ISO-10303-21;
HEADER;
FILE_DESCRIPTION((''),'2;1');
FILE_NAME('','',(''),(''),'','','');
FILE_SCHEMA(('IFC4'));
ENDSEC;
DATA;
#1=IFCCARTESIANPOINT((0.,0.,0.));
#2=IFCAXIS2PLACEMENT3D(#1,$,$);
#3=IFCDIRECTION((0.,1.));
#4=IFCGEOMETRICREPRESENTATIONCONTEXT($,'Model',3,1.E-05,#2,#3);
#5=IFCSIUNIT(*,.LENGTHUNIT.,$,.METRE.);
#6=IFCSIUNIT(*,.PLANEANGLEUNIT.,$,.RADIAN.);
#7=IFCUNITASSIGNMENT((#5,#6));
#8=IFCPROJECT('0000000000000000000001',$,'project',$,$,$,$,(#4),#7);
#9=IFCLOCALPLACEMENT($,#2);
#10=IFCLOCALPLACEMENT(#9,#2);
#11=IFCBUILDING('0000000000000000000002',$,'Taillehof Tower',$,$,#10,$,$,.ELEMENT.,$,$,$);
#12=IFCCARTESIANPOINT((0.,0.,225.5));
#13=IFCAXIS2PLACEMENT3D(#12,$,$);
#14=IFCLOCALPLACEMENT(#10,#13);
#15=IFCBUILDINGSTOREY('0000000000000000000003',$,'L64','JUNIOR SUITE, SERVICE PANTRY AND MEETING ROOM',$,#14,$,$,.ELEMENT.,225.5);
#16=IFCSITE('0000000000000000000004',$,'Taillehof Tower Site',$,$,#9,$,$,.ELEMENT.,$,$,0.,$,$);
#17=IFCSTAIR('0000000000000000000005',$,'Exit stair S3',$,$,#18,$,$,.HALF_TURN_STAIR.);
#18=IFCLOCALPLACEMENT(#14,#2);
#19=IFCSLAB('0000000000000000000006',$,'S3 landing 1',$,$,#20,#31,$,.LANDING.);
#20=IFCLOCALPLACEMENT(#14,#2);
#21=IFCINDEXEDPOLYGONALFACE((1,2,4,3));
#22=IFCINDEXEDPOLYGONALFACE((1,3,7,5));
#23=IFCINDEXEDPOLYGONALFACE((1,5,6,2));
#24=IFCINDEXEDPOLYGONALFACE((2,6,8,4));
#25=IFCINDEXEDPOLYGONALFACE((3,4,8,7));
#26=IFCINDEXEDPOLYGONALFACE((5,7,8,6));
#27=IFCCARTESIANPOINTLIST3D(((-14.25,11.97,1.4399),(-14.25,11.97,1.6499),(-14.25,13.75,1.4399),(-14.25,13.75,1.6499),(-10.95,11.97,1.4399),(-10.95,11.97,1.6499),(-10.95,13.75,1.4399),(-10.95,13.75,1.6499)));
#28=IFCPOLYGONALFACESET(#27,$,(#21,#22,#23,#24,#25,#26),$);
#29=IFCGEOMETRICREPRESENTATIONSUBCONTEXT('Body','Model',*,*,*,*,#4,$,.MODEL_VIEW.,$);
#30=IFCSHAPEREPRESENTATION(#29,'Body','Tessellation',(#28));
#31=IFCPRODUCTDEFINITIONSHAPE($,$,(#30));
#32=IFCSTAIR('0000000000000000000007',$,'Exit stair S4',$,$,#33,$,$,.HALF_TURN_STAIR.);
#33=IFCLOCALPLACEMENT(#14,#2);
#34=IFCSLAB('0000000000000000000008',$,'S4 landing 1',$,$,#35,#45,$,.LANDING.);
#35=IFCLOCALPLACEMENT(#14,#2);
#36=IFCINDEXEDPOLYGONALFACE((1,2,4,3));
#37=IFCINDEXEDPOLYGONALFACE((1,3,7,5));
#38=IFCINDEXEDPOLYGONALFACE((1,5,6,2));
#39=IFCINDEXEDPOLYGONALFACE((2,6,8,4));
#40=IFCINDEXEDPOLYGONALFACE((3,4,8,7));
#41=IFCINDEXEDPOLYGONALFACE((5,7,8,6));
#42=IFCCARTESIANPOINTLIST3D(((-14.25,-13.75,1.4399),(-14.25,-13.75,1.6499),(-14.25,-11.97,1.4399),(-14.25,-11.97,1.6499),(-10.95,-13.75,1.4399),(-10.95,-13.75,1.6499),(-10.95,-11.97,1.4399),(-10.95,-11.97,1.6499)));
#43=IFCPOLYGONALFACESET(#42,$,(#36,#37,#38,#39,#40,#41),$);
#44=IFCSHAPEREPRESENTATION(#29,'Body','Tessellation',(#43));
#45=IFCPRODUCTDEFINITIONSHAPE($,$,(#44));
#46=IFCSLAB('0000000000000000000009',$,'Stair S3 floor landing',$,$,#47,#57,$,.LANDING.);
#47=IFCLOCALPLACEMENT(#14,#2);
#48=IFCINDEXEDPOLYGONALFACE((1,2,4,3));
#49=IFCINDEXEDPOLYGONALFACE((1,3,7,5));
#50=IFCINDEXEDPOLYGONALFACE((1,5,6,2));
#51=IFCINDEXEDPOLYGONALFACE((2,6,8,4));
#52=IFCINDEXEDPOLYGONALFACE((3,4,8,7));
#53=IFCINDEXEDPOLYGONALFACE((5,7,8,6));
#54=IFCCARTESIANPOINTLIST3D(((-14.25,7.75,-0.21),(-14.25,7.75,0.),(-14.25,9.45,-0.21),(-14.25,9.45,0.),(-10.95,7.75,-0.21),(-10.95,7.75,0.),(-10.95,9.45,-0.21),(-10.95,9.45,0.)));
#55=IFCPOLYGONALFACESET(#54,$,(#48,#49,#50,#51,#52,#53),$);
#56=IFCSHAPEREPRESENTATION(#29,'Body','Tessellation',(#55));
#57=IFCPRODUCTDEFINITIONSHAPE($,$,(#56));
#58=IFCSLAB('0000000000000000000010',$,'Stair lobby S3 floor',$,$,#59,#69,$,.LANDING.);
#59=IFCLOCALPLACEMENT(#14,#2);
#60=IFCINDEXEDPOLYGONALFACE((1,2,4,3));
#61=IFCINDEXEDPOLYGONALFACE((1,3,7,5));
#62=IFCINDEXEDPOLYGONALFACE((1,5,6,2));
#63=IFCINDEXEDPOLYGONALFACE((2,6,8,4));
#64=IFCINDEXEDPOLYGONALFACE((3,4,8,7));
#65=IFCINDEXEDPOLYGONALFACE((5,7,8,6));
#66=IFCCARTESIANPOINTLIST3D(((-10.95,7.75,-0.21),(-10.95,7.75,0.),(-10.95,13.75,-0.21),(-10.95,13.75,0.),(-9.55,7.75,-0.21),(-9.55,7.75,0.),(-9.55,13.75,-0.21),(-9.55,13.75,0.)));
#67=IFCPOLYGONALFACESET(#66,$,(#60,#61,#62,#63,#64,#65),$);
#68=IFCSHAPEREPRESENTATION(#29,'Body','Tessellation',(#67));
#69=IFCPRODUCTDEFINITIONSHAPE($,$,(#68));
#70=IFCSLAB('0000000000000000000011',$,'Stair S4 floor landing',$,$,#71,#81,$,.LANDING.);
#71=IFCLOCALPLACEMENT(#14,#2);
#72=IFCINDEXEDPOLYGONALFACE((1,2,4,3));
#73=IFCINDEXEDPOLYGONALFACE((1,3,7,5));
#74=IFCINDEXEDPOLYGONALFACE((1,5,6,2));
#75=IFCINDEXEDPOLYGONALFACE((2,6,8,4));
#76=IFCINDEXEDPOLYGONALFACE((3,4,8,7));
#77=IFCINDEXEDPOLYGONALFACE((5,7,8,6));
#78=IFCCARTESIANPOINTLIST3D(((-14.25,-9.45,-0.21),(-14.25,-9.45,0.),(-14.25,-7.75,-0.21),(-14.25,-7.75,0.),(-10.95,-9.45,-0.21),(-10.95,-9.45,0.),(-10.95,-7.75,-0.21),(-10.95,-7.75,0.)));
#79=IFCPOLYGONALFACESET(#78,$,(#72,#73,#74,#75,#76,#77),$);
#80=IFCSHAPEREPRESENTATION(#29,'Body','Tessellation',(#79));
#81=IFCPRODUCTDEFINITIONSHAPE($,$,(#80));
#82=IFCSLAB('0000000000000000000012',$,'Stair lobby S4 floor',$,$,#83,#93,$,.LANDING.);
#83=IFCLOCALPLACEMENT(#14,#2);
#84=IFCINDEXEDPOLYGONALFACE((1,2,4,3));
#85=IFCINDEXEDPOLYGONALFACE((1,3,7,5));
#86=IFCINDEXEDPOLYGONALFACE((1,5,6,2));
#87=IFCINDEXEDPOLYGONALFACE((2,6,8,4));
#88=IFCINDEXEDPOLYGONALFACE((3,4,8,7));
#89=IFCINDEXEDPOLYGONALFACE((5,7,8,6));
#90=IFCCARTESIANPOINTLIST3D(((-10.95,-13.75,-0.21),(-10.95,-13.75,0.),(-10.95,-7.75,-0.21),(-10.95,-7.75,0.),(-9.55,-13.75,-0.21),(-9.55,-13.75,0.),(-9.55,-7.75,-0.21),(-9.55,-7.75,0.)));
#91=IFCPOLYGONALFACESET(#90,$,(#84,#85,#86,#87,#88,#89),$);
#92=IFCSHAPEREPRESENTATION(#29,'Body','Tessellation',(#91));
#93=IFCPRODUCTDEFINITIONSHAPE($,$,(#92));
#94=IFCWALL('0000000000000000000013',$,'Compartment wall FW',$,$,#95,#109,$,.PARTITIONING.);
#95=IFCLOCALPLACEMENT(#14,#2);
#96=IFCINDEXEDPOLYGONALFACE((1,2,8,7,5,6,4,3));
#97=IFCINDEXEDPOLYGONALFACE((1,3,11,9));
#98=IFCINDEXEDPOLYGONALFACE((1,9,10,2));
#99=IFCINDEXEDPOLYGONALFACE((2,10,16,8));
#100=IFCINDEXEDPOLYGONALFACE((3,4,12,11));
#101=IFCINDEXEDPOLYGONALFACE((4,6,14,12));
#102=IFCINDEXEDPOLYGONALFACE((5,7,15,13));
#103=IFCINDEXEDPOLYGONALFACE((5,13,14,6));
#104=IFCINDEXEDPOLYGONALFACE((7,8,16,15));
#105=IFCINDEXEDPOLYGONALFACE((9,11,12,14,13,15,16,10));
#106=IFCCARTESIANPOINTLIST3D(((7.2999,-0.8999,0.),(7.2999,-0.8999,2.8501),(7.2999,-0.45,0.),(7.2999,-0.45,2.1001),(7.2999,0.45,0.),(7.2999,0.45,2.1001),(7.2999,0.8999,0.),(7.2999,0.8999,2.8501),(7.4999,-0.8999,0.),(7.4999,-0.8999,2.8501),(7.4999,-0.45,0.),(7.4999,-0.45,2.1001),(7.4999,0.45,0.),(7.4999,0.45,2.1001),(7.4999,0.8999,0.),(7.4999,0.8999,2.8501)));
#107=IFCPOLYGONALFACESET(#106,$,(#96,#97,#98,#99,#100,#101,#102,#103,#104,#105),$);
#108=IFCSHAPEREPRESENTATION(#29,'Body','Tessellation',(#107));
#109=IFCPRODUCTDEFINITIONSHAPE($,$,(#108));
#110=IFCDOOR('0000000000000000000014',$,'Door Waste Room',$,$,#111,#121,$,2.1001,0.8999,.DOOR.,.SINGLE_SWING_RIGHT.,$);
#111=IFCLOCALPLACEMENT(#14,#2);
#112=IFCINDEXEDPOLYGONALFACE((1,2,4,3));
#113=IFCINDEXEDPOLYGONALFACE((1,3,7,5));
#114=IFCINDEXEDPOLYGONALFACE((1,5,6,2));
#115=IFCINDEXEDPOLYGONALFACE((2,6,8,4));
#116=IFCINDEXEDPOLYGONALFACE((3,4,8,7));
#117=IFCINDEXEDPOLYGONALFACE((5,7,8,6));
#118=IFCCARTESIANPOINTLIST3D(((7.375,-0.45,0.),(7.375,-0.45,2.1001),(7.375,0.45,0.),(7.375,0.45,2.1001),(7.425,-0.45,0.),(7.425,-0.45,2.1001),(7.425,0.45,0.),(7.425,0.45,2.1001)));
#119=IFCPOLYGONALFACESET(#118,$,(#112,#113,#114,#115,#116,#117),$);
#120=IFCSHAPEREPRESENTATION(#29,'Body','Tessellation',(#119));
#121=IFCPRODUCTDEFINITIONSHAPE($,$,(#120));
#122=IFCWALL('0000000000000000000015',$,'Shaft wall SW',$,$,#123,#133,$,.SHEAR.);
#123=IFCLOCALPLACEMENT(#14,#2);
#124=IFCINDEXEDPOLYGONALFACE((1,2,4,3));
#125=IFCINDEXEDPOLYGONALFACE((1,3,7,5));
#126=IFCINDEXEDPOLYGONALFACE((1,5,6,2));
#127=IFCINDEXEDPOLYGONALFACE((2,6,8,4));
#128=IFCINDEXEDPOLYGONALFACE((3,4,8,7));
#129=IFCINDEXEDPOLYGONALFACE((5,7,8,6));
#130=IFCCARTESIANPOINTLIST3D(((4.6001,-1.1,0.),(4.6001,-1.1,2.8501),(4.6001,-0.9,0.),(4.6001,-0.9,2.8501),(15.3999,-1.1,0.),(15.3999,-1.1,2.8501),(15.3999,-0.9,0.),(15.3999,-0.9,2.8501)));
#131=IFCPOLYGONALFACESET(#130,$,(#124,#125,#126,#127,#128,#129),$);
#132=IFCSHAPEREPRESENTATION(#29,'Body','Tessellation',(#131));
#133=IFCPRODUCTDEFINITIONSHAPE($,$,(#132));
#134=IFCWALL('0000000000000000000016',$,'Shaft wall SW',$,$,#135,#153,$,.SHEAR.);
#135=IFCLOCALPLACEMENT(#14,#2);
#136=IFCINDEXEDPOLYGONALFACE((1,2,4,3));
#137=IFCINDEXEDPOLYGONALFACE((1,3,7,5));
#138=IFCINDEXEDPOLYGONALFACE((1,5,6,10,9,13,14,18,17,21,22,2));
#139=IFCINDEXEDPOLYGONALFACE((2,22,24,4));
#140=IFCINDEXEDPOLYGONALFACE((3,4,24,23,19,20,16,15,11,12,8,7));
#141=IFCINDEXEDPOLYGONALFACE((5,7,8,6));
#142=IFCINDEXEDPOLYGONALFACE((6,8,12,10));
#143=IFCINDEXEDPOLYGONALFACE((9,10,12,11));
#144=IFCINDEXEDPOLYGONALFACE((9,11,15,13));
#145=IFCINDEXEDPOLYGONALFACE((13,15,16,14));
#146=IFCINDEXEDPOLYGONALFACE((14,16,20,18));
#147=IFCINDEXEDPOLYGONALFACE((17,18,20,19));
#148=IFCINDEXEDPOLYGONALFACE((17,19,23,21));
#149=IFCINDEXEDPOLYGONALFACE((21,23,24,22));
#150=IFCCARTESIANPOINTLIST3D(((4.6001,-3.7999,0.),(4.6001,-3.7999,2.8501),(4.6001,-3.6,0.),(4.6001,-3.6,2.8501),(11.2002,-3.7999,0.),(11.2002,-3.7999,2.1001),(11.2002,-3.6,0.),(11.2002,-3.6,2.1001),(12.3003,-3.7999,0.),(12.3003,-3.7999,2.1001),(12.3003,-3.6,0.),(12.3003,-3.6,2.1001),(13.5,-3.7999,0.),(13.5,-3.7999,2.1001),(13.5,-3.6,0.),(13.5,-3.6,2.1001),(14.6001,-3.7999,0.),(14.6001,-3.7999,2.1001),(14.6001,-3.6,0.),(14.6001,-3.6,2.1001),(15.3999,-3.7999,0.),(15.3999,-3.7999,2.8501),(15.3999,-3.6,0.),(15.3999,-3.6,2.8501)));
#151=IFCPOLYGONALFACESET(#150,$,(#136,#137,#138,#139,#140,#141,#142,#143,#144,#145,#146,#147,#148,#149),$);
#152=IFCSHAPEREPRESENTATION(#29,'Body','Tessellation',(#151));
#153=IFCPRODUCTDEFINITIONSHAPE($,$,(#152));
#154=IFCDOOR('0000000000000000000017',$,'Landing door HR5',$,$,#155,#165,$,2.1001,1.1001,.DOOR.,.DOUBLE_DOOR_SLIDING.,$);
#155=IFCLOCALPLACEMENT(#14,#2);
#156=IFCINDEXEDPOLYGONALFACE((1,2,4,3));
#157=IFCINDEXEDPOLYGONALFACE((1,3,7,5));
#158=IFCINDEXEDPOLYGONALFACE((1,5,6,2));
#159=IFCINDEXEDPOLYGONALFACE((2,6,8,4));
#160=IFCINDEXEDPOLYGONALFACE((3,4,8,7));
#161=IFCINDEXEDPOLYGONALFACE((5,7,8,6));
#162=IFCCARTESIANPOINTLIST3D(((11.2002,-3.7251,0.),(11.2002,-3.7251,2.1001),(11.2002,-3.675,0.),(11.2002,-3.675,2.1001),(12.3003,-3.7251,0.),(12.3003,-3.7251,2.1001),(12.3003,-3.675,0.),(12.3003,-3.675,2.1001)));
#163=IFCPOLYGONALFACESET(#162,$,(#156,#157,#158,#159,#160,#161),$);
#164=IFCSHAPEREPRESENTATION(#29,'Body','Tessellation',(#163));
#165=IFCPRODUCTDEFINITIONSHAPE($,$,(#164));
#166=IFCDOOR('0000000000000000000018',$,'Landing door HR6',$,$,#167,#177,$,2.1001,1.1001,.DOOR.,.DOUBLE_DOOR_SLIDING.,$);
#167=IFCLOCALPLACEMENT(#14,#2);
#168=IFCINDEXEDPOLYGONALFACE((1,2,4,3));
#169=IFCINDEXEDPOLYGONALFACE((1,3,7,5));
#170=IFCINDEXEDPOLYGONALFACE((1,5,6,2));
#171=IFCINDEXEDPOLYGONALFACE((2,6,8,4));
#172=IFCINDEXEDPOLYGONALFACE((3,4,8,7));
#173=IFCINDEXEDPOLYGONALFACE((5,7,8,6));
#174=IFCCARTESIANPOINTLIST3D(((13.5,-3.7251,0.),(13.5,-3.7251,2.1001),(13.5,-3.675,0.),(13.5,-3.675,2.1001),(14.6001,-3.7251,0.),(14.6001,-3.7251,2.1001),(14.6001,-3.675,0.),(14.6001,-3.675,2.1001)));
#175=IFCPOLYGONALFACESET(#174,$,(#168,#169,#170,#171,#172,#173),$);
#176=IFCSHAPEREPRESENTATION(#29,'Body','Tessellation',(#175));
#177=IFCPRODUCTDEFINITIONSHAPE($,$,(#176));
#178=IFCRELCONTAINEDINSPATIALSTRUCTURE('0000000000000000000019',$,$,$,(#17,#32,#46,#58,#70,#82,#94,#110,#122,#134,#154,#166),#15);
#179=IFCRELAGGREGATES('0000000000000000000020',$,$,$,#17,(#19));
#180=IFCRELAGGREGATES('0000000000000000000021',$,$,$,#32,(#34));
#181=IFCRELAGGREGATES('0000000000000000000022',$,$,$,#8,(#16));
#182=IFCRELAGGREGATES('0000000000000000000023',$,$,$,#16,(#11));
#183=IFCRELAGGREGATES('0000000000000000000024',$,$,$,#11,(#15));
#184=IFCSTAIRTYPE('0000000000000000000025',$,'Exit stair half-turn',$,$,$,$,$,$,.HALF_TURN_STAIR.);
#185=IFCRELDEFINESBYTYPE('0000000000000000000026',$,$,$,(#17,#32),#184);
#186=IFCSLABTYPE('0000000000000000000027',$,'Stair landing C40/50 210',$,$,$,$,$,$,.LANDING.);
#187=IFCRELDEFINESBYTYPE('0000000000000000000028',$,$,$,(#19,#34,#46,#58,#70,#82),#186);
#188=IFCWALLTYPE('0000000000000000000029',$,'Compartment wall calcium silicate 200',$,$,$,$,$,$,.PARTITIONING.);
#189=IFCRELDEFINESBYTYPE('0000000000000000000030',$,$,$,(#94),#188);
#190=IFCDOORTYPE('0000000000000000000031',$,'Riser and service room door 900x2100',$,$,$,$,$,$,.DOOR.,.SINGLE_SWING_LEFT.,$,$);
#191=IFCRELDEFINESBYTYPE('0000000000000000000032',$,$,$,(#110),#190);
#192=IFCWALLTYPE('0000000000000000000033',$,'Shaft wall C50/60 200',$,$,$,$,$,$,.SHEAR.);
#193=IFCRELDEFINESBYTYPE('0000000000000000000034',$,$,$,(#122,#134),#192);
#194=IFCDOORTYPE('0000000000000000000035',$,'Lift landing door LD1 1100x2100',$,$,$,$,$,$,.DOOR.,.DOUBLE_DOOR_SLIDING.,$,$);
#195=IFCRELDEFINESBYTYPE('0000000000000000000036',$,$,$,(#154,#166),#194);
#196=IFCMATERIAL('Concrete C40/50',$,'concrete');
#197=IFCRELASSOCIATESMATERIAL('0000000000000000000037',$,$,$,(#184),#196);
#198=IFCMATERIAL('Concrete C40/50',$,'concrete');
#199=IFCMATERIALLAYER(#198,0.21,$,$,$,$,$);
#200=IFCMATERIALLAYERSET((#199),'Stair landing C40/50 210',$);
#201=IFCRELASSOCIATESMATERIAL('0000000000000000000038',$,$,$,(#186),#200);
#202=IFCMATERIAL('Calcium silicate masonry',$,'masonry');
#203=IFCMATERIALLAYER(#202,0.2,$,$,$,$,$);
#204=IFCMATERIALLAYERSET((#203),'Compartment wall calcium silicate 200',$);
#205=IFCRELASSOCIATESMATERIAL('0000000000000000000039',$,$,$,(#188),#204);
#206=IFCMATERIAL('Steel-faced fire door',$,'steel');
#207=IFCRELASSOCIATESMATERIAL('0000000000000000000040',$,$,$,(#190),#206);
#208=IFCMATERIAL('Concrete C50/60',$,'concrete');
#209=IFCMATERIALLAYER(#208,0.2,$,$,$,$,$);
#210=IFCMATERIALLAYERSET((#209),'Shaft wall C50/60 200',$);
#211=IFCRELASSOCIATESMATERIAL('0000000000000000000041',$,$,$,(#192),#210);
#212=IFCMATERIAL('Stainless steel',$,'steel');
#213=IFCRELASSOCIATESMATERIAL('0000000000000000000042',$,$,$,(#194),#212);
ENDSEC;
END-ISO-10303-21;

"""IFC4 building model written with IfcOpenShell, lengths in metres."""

from ifc_helpers import new_model, si_unit, direction, frame, frame_2d, origin, place, context, subcontext, project, spatial, polyline, rectangle, outline, extrude, material, layer, layer_set, type_object, element, fill, aggregate, save


model = new_model("IFC4")

# Units and contexts
model_context = context("Model", 3, precision=1e-05, world=origin(), true_north=direction((0.0, 1.0)))
body_context = subcontext(model_context, "Body", "Model", "MODEL_VIEW")
ifc_project = project(units=[si_unit("LENGTHUNIT", "METRE"), si_unit("PLANEANGLEUNIT", "RADIAN")], contexts=[model_context])

# Site, building, storey
site_placement = place(None, origin())
site = spatial("IfcSite", under=ifc_project, at=site_placement, Name="Taillehof Tower Site", CompositionType="ELEMENT", RefElevation=0.0)
building_placement = place(site_placement, origin())
building = spatial("IfcBuilding", under=site, at=building_placement, Name="Taillehof Tower", CompositionType="ELEMENT")
storey_placement = place(building_placement, frame((0.0, 0.0, 225.5)))
storey = spatial("IfcBuildingStorey", under=building, at=storey_placement, Name="L64", Description="JUNIOR SUITE, SERVICE PANTRY AND MEETING ROOM", CompositionType="ELEMENT", Elevation=225.5)

# Stairs, slabs
ifc_material_1 = material(Name="Concrete C40/50", Category="concrete")
stair_type = type_object("IfcStairType", Name="Exit stair half-turn", PredefinedType="HALF_TURN_STAIR", material=ifc_material_1)
ifc_material_2 = material(Name="Concrete C40/50", Category="concrete")
ifc_layer_1 = layer(ifc_material_2, 0.21)
ifc_layer_set_1 = layer_set([ifc_layer_1], Name="Stair landing C40/50 210")
slab_type_1 = type_object("IfcSlabType", Name="Stair landing C40/50 210", PredefinedType="LANDING", material=ifc_layer_set_1)
stair_1_placement = place(storey_placement, origin())
stair_1 = element("IfcStair", 1, at=stair_1_placement, inside=storey, type_object=stair_type, Name="Exit stair S3", PredefinedType="HALF_TURN_STAIR")
slab_1_placement = place(storey_placement, frame((0.0, 0.0, 1.4399)))
slab_1 = element("IfcSlab", 2, at=slab_1_placement, type_object=slab_type_1, Name="S3 landing 1", PredefinedType="LANDING", context=body_context, shape_type="SweptSolid", body=[
    extrude(outline(polyline([(-14.25, 11.97), (-14.25, 13.75), (-10.95, 13.75), (-10.95, 11.97), (-14.25, 11.97)])), origin(), (0.0, 0.0, 1.0), 0.21),
])
aggregate(stair_1, [slab_1])
stair_2_placement = place(storey_placement, origin())
stair_2 = element("IfcStair", 3, at=stair_2_placement, inside=storey, type_object=stair_type, Name="Exit stair S4", PredefinedType="HALF_TURN_STAIR")
slab_2_placement = place(storey_placement, frame((0.0, 0.0, 1.4399)))
slab_2 = element("IfcSlab", 4, at=slab_2_placement, type_object=slab_type_1, Name="S4 landing 1", PredefinedType="LANDING", context=body_context, shape_type="SweptSolid", body=[
    extrude(outline(polyline([(-14.25, -11.97), (-14.25, -13.75), (-10.95, -13.75), (-10.95, -11.97), (-14.25, -11.97)])), origin(), (0.0, 0.0, 1.0), 0.21),
])
aggregate(stair_2, [slab_2])

# Slabs
slab_3_placement = place(storey_placement, frame((0.0, 0.0, -0.21)))
element("IfcSlab", 5, at=slab_3_placement, inside=storey, type_object=slab_type_1, Name="Stair S3 floor landing", PredefinedType="LANDING", context=body_context, shape_type="SweptSolid", body=[
    extrude(outline(polyline([(-14.25, 7.75), (-14.25, 9.45), (-10.95, 9.45), (-10.95, 7.75), (-14.25, 7.75)])), origin(), (0.0, 0.0, 1.0), 0.21),
])
slab_4_placement = place(storey_placement, frame((0.0, 0.0, -0.21)))
element("IfcSlab", 6, at=slab_4_placement, inside=storey, type_object=slab_type_1, Name="Stair lobby S3 floor", PredefinedType="LANDING", context=body_context, shape_type="SweptSolid", body=[
    extrude(outline(polyline([(-10.95, 7.75), (-9.55, 7.75), (-9.55, 13.75), (-10.95, 13.75), (-10.95, 7.75)])), origin(), (0.0, 0.0, 1.0), 0.21),
])
slab_5_placement = place(storey_placement, frame((0.0, 0.0, -0.21)))
element("IfcSlab", 7, at=slab_5_placement, inside=storey, type_object=slab_type_1, Name="Stair S4 floor landing", PredefinedType="LANDING", context=body_context, shape_type="SweptSolid", body=[
    extrude(outline(polyline([(-14.25, -7.75), (-14.25, -9.45), (-10.95, -9.45), (-10.95, -7.75), (-14.25, -7.75)])), origin(), (0.0, 0.0, 1.0), 0.21),
])
slab_6_placement = place(storey_placement, frame((0.0, 0.0, -0.21)))
element("IfcSlab", 8, at=slab_6_placement, inside=storey, type_object=slab_type_1, Name="Stair lobby S4 floor", PredefinedType="LANDING", context=body_context, shape_type="SweptSolid", body=[
    extrude(outline(polyline([(-10.95, -13.75), (-9.55, -13.75), (-9.55, -7.75), (-10.95, -7.75), (-10.95, -13.75)])), origin(), (0.0, 0.0, 1.0), 0.21),
])

# Wall, opening, door
ifc_material_3 = material(Name="Calcium silicate masonry", Category="masonry")
ifc_layer_2 = layer(ifc_material_3, 0.2)
ifc_layer_set_2 = layer_set([ifc_layer_2], Name="Compartment wall calcium silicate 200")
wall_type_1 = type_object("IfcWallType", Name="Compartment wall calcium silicate 200", PredefinedType="PARTITIONING", material=ifc_layer_set_2)
wall_1_placement = place(storey_placement, frame((7.3999, -0.8999, 0.0), z_axis=(0.0, 0.0, 1.0), x_axis=(0.0, 1.0, 0.0)))
wall_1 = element("IfcWall", 9, at=wall_1_placement, inside=storey, type_object=wall_type_1, Name="Compartment wall FW", PredefinedType="PARTITIONING", context=body_context, shape_type="SweptSolid", body=[
    extrude(rectangle(XDim=1.7998, YDim=0.2, at=frame_2d((0.8999, 0.0))), origin(), (0.0, 0.0, 1.0), 2.8501),
])
opening_1_placement = place(wall_1_placement, frame((0.45, 0.0, 0.0)))
opening_1 = element("IfcOpeningElement", 10, at=opening_1_placement, cuts=wall_1, PredefinedType="OPENING", context=body_context, shape_type="SweptSolid", body=[
    extrude(rectangle(XDim=0.8999, YDim=2.1001, at=frame_2d((0.45, 1.05))), frame((0.0, 0.1099, 0.0), z_axis=(0.0, -1.0, 0.0), x_axis=(1.0, 0.0, 0.0)), (0.0, 0.0, 1.0), 0.22),
])
ifc_material_4 = material(Name="Steel-faced fire door", Category="steel")
door_type_1 = type_object("IfcDoorType", Name="Riser and service room door 900x2100", OperationType="SINGLE_SWING_LEFT", PredefinedType="DOOR", material=ifc_material_4)
door_1_placement = place(opening_1_placement, origin())
door_1 = element("IfcDoor", 11, at=door_1_placement, inside=storey, type_object=door_type_1, Name="Door Waste Room", OperationType="SINGLE_SWING_RIGHT", OverallHeight=2.1001, OverallWidth=0.8999, PredefinedType="DOOR", context=body_context, shape_type="SweptSolid", body=[
    extrude(rectangle(XDim=0.8999, YDim=2.1001, at=frame_2d((0.45, 1.05))), frame((0.0, 0.0249, 0.0), z_axis=(0.0, -1.0, 0.0), x_axis=(1.0, 0.0, 0.0)), (0.0, 0.0, 1.0), 0.05),
])
fill(opening_1, door_1)

# Wall
ifc_material_5 = material(Name="Concrete C50/60", Category="concrete")
ifc_layer_3 = layer(ifc_material_5, 0.2)
ifc_layer_set_3 = layer_set([ifc_layer_3], Name="Shaft wall C50/60 200")
wall_type_2 = type_object("IfcWallType", Name="Shaft wall C50/60 200", PredefinedType="SHEAR", material=ifc_layer_set_3)
wall_2_placement = place(storey_placement, frame((4.6001, -1.0, 0.0), z_axis=(0.0, 0.0, 1.0), x_axis=(1.0, 0.0, 0.0)))
element("IfcWall", 12, at=wall_2_placement, inside=storey, type_object=wall_type_2, Name="Shaft wall SW", PredefinedType="SHEAR", context=body_context, shape_type="SweptSolid", body=[
    extrude(rectangle(XDim=10.7998, YDim=0.2, at=frame_2d((5.3999, 0.0))), origin(), (0.0, 0.0, 1.0), 2.8501),
])

# Wall, openings, doors
wall_3_placement = place(storey_placement, frame((4.6001, -3.7, 0.0), z_axis=(0.0, 0.0, 1.0), x_axis=(1.0, 0.0, 0.0)))
wall_3 = element("IfcWall", 13, at=wall_3_placement, inside=storey, type_object=wall_type_2, Name="Shaft wall SW", PredefinedType="SHEAR", context=body_context, shape_type="SweptSolid", body=[
    extrude(rectangle(XDim=10.7998, YDim=0.2, at=frame_2d((5.3999, 0.0))), origin(), (0.0, 0.0, 1.0), 2.8501),
])
opening_2_placement = place(wall_3_placement, frame((6.6001, 0.0, 0.0)))
opening_2 = element("IfcOpeningElement", 14, at=opening_2_placement, cuts=wall_3, PredefinedType="OPENING", context=body_context, shape_type="SweptSolid", body=[
    extrude(rectangle(XDim=1.1001, YDim=2.1001, at=frame_2d((0.55, 1.05))), frame((0.0, 0.1099, 0.0), z_axis=(0.0, -1.0, 0.0), x_axis=(1.0, 0.0, 0.0)), (0.0, 0.0, 1.0), 0.22),
])
opening_3_placement = place(wall_3_placement, frame((8.8999, 0.0, 0.0)))
opening_3 = element("IfcOpeningElement", 15, at=opening_3_placement, cuts=wall_3, PredefinedType="OPENING", context=body_context, shape_type="SweptSolid", body=[
    extrude(rectangle(XDim=1.1001, YDim=2.1001, at=frame_2d((0.55, 1.05))), frame((0.0, 0.1099, 0.0), z_axis=(0.0, -1.0, 0.0), x_axis=(1.0, 0.0, 0.0)), (0.0, 0.0, 1.0), 0.22),
])
ifc_material_6 = material(Name="Stainless steel", Category="steel")
door_type_2 = type_object("IfcDoorType", Name="Lift landing door LD1 1100x2100", OperationType="DOUBLE_DOOR_SLIDING", PredefinedType="DOOR", material=ifc_material_6)
door_2_placement = place(opening_2_placement, origin())
door_2 = element("IfcDoor", 16, at=door_2_placement, inside=storey, type_object=door_type_2, Name="Landing door HR5", OperationType="DOUBLE_DOOR_SLIDING", OverallHeight=2.1001, OverallWidth=1.1001, PredefinedType="DOOR", context=body_context, shape_type="SweptSolid", body=[
    extrude(rectangle(XDim=1.1001, YDim=2.1001, at=frame_2d((0.55, 1.05))), frame((0.0, 0.0249, 0.0), z_axis=(0.0, -1.0, 0.0), x_axis=(1.0, 0.0, 0.0)), (0.0, 0.0, 1.0), 0.05),
])
fill(opening_2, door_2)
door_3_placement = place(opening_3_placement, origin())
door_3 = element("IfcDoor", 17, at=door_3_placement, inside=storey, type_object=door_type_2, Name="Landing door HR6", OperationType="DOUBLE_DOOR_SLIDING", OverallHeight=2.1001, OverallWidth=1.1001, PredefinedType="DOOR", context=body_context, shape_type="SweptSolid", body=[
    extrude(rectangle(XDim=1.1001, YDim=2.1001, at=frame_2d((0.55, 1.05))), frame((0.0, 0.0249, 0.0), z_axis=(0.0, -1.0, 0.0), x_axis=(1.0, 0.0, 0.0)), (0.0, 0.0, 1.0), 0.05),
])
fill(opening_3, door_3)

save(model, "model.ifc")
